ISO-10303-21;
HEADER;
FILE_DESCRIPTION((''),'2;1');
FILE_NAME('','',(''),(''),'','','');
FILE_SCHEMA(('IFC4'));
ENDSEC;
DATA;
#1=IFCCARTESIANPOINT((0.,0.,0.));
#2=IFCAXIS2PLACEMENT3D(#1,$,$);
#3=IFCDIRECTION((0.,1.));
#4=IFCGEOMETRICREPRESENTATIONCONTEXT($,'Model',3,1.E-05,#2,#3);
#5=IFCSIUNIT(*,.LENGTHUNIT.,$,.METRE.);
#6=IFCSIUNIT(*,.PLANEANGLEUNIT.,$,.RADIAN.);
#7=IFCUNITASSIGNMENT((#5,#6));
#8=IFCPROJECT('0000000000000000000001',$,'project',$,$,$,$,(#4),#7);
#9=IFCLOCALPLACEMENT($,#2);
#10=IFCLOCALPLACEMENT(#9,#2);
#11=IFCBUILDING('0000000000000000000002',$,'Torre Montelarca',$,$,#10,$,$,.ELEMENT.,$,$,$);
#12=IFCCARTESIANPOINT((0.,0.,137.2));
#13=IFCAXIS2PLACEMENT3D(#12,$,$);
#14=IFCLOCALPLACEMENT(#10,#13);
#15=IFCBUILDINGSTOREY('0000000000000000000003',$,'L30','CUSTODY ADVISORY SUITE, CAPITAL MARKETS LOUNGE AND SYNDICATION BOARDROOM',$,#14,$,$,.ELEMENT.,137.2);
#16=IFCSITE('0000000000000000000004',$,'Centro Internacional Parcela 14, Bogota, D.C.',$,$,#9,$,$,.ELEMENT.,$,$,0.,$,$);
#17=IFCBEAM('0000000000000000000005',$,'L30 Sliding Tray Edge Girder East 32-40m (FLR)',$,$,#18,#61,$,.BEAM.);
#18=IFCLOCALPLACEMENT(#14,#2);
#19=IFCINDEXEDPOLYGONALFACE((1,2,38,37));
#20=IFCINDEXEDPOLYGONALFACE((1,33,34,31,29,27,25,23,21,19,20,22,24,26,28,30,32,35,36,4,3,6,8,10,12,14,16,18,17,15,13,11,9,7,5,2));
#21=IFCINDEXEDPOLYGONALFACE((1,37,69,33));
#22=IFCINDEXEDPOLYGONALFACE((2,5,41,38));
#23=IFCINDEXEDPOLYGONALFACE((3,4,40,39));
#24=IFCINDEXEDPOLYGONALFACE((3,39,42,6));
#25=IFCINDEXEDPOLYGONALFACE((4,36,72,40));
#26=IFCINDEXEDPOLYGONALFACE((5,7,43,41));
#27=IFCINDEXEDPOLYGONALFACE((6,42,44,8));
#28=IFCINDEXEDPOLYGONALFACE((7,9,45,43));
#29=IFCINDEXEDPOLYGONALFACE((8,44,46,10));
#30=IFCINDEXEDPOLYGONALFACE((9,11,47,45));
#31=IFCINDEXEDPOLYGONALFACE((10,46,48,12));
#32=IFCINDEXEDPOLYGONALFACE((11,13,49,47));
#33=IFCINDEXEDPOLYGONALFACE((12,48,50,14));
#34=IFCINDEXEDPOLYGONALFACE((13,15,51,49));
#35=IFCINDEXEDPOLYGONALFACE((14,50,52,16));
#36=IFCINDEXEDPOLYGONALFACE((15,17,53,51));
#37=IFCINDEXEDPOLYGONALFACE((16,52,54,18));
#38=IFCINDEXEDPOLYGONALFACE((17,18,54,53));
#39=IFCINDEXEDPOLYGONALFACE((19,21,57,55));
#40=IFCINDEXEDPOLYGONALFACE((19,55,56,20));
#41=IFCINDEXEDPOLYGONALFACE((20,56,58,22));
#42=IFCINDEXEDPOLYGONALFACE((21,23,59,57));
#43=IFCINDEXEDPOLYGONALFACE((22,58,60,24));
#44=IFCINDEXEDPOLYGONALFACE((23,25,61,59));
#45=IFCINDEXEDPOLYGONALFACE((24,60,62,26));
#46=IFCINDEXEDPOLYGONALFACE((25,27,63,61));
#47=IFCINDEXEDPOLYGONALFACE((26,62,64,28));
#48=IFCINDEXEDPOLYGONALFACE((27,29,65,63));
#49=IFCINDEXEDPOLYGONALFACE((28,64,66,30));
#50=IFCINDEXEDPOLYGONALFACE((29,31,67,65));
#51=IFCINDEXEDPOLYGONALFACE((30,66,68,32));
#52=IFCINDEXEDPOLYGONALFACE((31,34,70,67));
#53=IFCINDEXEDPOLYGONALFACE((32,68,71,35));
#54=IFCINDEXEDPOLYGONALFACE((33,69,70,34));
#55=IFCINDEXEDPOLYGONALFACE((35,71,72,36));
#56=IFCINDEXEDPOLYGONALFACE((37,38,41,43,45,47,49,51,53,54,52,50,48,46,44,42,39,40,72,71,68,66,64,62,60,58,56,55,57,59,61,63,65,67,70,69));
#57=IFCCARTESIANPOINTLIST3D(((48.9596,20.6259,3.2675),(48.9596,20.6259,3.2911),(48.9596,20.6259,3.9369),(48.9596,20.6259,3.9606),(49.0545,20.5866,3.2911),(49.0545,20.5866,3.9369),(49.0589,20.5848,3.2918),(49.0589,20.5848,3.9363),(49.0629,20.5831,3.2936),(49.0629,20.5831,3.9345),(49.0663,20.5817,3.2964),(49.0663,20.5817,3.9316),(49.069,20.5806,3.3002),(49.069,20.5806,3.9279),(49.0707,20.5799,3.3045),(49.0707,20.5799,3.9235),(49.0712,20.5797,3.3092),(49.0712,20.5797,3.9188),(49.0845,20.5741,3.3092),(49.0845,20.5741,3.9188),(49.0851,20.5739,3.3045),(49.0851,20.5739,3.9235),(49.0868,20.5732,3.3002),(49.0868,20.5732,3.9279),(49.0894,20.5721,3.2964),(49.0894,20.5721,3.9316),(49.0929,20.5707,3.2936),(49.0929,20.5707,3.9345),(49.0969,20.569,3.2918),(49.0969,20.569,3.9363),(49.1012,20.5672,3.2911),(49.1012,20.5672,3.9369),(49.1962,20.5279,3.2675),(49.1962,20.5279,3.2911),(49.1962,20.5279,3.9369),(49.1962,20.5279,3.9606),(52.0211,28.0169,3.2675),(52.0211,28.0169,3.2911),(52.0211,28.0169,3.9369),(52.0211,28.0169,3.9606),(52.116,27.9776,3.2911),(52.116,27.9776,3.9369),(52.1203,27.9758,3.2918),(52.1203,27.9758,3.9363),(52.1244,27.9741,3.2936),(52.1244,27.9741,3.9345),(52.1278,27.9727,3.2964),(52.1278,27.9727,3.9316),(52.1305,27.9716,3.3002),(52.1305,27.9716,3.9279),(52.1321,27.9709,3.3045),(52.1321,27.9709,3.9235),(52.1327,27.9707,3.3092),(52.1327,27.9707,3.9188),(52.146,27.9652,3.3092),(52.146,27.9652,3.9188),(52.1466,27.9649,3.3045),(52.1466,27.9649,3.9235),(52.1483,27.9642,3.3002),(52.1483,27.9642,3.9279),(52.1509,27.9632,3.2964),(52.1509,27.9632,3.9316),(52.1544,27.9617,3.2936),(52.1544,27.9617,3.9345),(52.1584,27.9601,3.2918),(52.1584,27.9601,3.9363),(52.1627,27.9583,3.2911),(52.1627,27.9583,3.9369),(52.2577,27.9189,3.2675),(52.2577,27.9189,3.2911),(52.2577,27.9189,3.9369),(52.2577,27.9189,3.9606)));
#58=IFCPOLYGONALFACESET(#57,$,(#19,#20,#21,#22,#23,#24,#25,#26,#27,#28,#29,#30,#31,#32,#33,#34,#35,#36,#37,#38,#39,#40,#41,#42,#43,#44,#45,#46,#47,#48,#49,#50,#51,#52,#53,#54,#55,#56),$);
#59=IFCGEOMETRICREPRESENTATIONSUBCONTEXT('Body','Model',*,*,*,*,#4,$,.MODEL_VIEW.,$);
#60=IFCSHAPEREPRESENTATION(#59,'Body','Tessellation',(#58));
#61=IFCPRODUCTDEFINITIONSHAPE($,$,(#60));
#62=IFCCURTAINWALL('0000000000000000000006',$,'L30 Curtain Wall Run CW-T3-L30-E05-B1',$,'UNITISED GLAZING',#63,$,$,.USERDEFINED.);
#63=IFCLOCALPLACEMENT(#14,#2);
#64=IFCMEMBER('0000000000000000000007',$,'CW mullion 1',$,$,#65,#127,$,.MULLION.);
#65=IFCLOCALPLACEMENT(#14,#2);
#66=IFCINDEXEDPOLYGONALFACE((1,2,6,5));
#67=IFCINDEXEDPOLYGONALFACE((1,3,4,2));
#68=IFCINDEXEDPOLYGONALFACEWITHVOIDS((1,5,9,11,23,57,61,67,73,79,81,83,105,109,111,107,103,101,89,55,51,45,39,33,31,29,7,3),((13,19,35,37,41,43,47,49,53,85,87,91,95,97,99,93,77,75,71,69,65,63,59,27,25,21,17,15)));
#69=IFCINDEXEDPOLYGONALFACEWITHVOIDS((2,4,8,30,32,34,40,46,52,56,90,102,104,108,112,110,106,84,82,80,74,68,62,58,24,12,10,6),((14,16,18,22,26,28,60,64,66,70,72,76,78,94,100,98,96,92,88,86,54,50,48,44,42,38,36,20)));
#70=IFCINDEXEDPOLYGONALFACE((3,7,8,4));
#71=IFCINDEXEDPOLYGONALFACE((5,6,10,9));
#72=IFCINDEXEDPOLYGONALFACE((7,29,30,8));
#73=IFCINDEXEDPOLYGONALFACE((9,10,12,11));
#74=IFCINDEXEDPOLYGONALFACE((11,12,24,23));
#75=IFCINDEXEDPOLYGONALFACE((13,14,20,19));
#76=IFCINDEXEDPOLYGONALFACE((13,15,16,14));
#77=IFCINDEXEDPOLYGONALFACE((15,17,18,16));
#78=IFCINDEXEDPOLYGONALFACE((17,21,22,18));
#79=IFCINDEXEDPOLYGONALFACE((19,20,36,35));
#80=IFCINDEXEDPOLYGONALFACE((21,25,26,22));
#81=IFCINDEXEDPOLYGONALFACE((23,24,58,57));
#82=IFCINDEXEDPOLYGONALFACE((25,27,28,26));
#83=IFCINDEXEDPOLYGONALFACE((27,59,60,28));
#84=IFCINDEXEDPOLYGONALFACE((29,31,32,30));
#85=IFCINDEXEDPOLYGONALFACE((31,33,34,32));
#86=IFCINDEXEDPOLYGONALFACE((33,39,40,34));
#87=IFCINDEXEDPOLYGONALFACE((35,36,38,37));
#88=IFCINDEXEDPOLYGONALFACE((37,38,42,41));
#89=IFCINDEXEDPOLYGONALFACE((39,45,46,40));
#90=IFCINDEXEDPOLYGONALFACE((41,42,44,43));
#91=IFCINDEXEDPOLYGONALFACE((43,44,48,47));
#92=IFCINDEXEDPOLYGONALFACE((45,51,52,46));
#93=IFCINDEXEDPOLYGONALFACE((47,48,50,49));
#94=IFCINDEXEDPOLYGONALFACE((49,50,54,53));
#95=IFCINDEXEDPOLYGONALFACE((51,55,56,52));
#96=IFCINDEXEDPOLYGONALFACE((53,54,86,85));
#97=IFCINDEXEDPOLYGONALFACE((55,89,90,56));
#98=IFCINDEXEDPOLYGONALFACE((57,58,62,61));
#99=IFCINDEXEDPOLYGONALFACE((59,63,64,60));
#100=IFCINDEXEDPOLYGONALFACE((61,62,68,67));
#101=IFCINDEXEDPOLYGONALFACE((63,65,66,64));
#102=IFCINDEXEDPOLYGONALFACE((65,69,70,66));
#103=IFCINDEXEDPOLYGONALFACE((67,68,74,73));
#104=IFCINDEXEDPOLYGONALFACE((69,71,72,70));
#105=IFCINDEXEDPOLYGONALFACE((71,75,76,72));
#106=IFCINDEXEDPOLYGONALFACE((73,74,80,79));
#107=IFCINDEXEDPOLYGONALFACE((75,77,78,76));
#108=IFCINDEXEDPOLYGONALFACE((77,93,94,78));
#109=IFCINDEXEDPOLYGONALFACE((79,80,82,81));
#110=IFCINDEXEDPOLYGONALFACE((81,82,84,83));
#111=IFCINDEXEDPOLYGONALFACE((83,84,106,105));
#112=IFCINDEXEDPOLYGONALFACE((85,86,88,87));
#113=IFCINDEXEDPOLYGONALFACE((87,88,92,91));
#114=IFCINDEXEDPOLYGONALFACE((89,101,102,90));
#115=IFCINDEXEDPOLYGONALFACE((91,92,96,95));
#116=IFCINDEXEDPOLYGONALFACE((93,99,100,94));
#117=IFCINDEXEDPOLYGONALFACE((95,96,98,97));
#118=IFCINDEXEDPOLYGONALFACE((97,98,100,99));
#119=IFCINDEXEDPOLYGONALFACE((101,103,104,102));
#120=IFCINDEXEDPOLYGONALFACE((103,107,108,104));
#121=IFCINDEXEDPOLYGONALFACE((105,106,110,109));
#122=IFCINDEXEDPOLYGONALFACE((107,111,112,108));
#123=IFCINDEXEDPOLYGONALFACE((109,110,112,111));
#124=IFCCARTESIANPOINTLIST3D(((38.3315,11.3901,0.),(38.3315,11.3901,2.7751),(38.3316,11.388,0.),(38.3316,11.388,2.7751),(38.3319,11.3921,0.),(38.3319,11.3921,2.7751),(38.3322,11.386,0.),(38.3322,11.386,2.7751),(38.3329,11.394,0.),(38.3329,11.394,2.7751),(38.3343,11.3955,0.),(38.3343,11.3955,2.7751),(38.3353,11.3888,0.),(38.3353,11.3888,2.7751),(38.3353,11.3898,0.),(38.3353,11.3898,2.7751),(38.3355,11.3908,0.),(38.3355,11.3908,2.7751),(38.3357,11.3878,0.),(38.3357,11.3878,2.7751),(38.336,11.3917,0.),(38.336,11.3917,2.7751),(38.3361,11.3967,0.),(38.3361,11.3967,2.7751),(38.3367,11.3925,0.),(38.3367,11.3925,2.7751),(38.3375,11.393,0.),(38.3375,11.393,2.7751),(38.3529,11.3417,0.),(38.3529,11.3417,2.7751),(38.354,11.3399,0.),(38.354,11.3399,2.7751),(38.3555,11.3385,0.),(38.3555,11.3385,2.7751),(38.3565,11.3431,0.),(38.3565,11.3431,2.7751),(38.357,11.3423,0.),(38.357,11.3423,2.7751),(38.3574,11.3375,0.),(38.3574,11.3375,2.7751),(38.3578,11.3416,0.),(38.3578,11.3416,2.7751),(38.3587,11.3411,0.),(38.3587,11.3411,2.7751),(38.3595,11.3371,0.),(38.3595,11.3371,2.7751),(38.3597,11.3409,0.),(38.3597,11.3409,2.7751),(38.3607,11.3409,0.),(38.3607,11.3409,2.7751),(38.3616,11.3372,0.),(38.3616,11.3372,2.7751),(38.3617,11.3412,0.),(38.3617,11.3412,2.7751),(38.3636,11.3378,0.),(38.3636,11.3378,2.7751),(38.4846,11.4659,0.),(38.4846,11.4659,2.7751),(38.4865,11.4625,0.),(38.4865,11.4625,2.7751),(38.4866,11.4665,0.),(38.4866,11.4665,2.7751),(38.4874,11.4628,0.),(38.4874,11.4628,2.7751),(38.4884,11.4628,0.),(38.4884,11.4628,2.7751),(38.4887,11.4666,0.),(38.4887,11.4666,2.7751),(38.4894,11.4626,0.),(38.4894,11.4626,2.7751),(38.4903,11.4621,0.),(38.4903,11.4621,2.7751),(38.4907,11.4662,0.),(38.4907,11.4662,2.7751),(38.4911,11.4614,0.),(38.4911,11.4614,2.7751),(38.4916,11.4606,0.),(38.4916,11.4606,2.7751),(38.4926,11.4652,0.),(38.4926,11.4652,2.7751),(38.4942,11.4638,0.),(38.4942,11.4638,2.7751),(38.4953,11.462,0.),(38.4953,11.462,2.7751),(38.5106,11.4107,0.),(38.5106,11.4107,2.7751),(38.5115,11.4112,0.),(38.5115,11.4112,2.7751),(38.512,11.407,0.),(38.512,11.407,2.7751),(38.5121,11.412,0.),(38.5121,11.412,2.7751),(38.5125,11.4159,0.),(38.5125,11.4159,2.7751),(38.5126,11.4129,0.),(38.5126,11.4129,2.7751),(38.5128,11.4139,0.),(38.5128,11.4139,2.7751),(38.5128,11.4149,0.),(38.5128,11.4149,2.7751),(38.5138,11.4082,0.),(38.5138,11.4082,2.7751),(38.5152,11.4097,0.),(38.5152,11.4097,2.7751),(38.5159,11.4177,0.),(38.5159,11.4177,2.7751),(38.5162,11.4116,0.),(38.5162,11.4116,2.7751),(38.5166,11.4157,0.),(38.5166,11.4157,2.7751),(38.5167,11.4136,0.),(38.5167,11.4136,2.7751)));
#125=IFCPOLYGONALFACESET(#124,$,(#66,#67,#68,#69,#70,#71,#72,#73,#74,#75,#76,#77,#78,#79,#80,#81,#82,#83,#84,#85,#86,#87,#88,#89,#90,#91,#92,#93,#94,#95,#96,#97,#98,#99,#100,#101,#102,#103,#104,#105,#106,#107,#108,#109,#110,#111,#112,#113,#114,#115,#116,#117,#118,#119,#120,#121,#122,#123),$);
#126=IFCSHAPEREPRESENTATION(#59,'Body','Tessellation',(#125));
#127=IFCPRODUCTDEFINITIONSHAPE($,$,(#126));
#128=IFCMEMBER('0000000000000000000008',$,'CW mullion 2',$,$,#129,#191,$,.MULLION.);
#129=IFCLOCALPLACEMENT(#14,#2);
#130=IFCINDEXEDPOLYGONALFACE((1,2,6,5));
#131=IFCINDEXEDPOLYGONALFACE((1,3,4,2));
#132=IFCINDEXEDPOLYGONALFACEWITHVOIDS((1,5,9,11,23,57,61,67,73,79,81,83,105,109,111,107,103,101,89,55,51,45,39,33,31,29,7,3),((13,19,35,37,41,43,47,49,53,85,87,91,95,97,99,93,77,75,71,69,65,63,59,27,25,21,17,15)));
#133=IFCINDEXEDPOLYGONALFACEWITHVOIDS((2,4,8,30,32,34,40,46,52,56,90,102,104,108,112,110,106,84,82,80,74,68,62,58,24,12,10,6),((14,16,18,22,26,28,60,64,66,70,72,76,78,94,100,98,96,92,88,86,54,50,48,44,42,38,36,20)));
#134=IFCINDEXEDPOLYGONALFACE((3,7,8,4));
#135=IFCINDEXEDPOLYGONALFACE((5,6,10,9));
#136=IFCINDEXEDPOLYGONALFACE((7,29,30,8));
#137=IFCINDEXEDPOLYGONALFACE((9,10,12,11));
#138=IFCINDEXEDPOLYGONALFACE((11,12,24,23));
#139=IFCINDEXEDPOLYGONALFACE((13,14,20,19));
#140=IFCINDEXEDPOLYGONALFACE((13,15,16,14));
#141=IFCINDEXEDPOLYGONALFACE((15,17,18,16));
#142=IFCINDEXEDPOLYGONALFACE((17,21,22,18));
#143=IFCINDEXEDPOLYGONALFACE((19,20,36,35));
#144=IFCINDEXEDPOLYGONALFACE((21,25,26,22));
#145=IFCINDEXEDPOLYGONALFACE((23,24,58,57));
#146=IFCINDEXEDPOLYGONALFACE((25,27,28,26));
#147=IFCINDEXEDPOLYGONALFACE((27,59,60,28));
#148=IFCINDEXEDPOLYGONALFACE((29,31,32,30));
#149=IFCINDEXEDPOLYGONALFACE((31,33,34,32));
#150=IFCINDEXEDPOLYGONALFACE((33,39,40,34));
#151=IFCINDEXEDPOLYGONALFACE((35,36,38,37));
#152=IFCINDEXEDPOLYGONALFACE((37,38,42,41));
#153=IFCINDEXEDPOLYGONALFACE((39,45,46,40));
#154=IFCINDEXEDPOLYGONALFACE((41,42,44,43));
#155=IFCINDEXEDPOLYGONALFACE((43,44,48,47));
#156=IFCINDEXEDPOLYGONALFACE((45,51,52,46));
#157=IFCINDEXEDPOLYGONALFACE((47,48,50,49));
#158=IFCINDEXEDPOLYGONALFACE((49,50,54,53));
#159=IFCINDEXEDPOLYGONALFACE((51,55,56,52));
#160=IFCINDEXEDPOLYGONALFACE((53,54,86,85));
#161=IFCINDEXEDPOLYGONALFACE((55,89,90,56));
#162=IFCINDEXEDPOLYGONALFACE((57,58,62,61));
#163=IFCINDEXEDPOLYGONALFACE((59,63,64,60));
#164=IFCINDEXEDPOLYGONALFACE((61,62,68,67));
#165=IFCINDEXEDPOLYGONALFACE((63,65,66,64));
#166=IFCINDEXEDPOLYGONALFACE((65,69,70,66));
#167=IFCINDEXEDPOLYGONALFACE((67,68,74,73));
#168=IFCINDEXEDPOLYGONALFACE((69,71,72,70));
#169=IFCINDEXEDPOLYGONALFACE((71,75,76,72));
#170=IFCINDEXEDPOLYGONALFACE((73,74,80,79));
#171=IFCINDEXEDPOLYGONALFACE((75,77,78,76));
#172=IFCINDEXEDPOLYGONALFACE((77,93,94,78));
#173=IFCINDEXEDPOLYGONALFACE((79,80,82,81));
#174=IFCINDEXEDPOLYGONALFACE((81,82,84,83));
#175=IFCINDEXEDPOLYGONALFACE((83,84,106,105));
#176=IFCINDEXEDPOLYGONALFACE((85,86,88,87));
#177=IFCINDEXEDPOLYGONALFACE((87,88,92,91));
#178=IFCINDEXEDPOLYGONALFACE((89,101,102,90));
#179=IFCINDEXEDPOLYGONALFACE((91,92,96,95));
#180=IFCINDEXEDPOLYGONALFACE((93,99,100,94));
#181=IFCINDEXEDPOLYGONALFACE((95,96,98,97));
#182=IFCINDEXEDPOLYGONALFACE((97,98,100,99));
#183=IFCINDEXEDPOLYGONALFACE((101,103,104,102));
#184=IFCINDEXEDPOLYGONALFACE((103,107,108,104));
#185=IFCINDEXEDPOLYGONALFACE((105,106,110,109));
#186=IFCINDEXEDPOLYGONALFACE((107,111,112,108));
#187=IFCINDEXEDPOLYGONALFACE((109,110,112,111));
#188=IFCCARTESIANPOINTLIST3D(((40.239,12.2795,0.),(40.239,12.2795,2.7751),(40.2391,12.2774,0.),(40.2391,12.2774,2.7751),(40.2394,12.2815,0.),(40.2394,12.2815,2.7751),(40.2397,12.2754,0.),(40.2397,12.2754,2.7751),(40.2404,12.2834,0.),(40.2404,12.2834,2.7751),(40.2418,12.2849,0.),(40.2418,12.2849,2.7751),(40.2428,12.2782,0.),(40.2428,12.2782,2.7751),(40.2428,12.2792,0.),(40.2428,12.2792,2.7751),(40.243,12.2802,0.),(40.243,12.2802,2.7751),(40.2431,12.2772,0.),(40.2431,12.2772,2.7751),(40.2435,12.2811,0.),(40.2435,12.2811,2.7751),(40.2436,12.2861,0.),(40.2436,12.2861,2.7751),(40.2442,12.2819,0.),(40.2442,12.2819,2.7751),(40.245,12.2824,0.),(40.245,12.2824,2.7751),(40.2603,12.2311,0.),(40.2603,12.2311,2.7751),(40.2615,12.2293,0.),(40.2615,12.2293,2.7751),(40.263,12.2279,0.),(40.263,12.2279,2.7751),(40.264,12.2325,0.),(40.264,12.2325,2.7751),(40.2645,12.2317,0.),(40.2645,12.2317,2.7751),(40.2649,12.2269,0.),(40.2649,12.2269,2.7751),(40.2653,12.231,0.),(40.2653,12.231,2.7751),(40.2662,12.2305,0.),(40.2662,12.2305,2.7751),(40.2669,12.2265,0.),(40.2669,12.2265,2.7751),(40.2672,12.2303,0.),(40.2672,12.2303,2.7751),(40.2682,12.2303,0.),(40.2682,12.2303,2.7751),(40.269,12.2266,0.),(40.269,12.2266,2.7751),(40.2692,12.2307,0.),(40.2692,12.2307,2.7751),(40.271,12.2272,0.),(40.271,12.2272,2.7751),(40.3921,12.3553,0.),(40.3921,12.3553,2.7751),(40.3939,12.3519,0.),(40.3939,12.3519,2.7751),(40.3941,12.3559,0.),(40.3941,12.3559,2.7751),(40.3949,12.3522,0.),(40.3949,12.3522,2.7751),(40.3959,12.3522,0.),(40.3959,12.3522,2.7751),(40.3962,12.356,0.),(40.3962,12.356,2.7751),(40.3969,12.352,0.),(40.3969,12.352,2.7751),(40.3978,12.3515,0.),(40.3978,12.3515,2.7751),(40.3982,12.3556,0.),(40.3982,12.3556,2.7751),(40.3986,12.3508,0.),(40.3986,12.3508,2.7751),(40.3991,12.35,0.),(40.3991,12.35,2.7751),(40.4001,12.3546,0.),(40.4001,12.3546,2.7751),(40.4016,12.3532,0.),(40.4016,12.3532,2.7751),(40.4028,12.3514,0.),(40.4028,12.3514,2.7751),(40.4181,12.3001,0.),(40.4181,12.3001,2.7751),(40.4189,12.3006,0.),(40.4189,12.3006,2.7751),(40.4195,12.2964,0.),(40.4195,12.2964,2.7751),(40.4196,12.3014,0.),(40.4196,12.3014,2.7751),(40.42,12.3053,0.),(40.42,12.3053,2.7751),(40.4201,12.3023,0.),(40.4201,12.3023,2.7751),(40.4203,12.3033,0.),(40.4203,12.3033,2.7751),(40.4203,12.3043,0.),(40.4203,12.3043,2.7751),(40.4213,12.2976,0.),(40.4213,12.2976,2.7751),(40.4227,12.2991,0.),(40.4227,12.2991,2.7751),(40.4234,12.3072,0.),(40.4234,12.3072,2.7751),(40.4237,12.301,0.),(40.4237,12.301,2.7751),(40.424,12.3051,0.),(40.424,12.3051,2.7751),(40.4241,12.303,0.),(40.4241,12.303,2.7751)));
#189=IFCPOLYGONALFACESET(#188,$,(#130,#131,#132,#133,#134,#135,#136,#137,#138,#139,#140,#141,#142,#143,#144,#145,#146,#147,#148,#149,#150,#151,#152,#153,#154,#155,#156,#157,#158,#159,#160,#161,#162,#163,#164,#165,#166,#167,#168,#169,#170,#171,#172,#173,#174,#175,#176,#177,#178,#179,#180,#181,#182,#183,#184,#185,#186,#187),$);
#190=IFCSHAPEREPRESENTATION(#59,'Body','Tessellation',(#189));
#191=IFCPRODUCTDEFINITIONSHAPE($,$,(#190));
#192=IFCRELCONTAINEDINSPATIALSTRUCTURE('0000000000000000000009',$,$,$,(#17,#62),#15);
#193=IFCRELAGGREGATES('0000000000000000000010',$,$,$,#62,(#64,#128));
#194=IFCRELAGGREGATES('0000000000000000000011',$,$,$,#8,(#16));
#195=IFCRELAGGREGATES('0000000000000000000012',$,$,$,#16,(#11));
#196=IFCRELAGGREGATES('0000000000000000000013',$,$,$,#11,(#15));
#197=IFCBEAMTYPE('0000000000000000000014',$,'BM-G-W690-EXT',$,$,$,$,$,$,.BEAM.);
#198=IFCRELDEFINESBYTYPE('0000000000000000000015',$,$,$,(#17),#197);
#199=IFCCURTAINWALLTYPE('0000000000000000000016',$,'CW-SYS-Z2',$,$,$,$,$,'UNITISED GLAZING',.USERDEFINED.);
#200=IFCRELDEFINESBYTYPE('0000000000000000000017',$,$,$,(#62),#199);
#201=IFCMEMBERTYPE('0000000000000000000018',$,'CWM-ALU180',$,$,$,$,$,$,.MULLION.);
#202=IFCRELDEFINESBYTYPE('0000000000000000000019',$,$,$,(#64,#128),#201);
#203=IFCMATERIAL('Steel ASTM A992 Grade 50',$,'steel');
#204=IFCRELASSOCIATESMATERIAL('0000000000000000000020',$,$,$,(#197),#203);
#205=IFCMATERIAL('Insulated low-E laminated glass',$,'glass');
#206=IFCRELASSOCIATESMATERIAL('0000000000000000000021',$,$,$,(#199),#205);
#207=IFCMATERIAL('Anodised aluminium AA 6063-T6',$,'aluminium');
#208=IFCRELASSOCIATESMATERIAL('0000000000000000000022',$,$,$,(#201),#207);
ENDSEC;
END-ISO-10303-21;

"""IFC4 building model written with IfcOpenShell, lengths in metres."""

from ifc_helpers import new_model, si_unit, direction, frame, origin, origin_2d, place, context, subcontext, project, spatial, hollow_rectangle, i_section, extrude, source, transform, mapped, material, material_profile, profile_set, type_object, element, aggregate, save


model = new_model("IFC4")

# Units and contexts
model_context = context("Model", 3, precision=1e-05, world=origin(), true_north=direction((0.0, 1.0)))
body_context = subcontext(model_context, "Body", "Model", "MODEL_VIEW")
ifc_project = project(units=[si_unit("LENGTHUNIT", "METRE"), si_unit("PLANEANGLEUNIT", "RADIAN")], contexts=[model_context])

# Site, building, storey
site_placement = place(None, origin())
site = spatial("IfcSite", under=ifc_project, at=site_placement, Name="Centro Internacional Parcela 14, Bogota, D.C.", CompositionType="ELEMENT", RefElevation=0.0)
building_placement = place(site_placement, origin())
building = spatial("IfcBuilding", under=site, at=building_placement, Name="Torre Montelarca", CompositionType="ELEMENT")
storey_placement = place(building_placement, frame((0.0, 0.0, 137.2)))
storey = spatial("IfcBuildingStorey", under=building, at=storey_placement, Name="L30", Description="CUSTODY ADVISORY SUITE, CAPITAL MARKETS LOUNGE AND SYNDICATION BOARDROOM", CompositionType="ELEMENT", Elevation=137.2)

# Beam
ifc_material_1 = material(Name="Steel ASTM A992 Grade 50", Category="steel")
ifc_material_profile_1 = material_profile(ifc_material_1, i_section(OverallWidth=0.2561, OverallDepth=0.6931, WebThickness=0.0144, FlangeThickness=0.0237, FilletRadius=0.0181, at=origin_2d()), Name="W690X170", Category="steel")
ifc_profile_set_1 = profile_set([ifc_material_profile_1], Name="Steel ASTM A992 Grade 50")
beam_type_1 = type_object("IfcBeamType", Name="BM-G-W690-EXT", PredefinedType="BEAM", material=ifc_profile_set_1)
shared_shape_1 = source(origin(), body_context, "Body", "SweptSolid", [
    extrude(i_section(OverallWidth=0.2561, OverallDepth=0.6931, WebThickness=0.0144, FlangeThickness=0.0237, FilletRadius=0.0181, at=origin_2d()), origin(), (0.0, 0.0, 1.0), 8.0),
])
for number, where, z_axis, x_axis, name in (
    (1, (49.0779, 20.5769, 3.614), (0.382686, 0.923878, 0.0), (-0.923878, 0.382686, 0.0), "L30 Sliding Tray Edge Girder East 32-40m (FLR)"),
):
    element("IfcBeam", number, at=place(storey_placement, frame(where, z_axis=z_axis, x_axis=x_axis)), inside=storey, type_object=beam_type_1, Name=name, PredefinedType="BEAM", context=body_context, shape_type="MappedRepresentation", body=[
        mapped(shared_shape_1, transform((0.0, 0.0, 0.0), scale=1.0)),
    ])

# Curtain wall, members
ifc_material_2 = material(Name="Insulated low-E laminated glass", Category="glass")
curtain_wall_type = type_object("IfcCurtainWallType", Name="CW-SYS-Z2", ElementType="UNITISED GLAZING", PredefinedType="USERDEFINED", material=ifc_material_2)
curtain_wall_1_placement = place(storey_placement, origin())
curtain_wall_1 = element("IfcCurtainWall", 2, at=curtain_wall_1_placement, inside=storey, type_object=curtain_wall_type, Name="L30 Curtain Wall Run CW-T3-L30-E05-B1", ObjectType="UNITISED GLAZING", PredefinedType="USERDEFINED")
ifc_material_3 = material(Name="Anodised aluminium AA 6063-T6", Category="aluminium")
ifc_material_profile_2 = material_profile(ifc_material_3, hollow_rectangle(XDim=0.0649, YDim=0.1799, WallThickness=0.0039, InnerFilletRadius=0.0039, OuterFilletRadius=0.0081, at=origin_2d()), Name="ALU65X180X4", Category="aluminium")
ifc_profile_set_2 = profile_set([ifc_material_profile_2], Name="Anodised aluminium AA 6063-T6")
member_type_1 = type_object("IfcMemberType", Name="CWM-ALU180", PredefinedType="MULLION", material=ifc_profile_set_2)
shared_shape_2 = source(origin(), body_context, "Body", "SweptSolid", [
    extrude(hollow_rectangle(XDim=0.0649, YDim=0.1799, WallThickness=0.0039, InnerFilletRadius=0.0039, OuterFilletRadius=0.0081, at=origin_2d()), origin(), (0.0, 0.0, 1.0), 2.7751),
])
member_1_placement = place(storey_placement, frame((38.4241, 11.4019, 0.0), z_axis=(0.0, 0.0, 1.0), x_axis=(-0.422593, 0.906319, 0.0)))
member_1 = element("IfcMember", 3, at=member_1_placement, type_object=member_type_1, Name="CW mullion 1", PredefinedType="MULLION", context=body_context, shape_type="MappedRepresentation", body=[
    mapped(shared_shape_2, transform((0.0, 0.0, 0.0), scale=1.0)),
])
member_2_placement = place(storey_placement, frame((40.3315, 12.2913, 0.0), z_axis=(0.0, 0.0, 1.0), x_axis=(-0.422593, 0.906319, 0.0)))
member_2 = element("IfcMember", 4, at=member_2_placement, type_object=member_type_1, Name="CW mullion 2", PredefinedType="MULLION", context=body_context, shape_type="MappedRepresentation", body=[
    mapped(shared_shape_2, transform((0.0, 0.0, 0.0), scale=1.0)),
])

aggregate(curtain_wall_1, [member_1, member_2])

save(model, "model.ifc")
